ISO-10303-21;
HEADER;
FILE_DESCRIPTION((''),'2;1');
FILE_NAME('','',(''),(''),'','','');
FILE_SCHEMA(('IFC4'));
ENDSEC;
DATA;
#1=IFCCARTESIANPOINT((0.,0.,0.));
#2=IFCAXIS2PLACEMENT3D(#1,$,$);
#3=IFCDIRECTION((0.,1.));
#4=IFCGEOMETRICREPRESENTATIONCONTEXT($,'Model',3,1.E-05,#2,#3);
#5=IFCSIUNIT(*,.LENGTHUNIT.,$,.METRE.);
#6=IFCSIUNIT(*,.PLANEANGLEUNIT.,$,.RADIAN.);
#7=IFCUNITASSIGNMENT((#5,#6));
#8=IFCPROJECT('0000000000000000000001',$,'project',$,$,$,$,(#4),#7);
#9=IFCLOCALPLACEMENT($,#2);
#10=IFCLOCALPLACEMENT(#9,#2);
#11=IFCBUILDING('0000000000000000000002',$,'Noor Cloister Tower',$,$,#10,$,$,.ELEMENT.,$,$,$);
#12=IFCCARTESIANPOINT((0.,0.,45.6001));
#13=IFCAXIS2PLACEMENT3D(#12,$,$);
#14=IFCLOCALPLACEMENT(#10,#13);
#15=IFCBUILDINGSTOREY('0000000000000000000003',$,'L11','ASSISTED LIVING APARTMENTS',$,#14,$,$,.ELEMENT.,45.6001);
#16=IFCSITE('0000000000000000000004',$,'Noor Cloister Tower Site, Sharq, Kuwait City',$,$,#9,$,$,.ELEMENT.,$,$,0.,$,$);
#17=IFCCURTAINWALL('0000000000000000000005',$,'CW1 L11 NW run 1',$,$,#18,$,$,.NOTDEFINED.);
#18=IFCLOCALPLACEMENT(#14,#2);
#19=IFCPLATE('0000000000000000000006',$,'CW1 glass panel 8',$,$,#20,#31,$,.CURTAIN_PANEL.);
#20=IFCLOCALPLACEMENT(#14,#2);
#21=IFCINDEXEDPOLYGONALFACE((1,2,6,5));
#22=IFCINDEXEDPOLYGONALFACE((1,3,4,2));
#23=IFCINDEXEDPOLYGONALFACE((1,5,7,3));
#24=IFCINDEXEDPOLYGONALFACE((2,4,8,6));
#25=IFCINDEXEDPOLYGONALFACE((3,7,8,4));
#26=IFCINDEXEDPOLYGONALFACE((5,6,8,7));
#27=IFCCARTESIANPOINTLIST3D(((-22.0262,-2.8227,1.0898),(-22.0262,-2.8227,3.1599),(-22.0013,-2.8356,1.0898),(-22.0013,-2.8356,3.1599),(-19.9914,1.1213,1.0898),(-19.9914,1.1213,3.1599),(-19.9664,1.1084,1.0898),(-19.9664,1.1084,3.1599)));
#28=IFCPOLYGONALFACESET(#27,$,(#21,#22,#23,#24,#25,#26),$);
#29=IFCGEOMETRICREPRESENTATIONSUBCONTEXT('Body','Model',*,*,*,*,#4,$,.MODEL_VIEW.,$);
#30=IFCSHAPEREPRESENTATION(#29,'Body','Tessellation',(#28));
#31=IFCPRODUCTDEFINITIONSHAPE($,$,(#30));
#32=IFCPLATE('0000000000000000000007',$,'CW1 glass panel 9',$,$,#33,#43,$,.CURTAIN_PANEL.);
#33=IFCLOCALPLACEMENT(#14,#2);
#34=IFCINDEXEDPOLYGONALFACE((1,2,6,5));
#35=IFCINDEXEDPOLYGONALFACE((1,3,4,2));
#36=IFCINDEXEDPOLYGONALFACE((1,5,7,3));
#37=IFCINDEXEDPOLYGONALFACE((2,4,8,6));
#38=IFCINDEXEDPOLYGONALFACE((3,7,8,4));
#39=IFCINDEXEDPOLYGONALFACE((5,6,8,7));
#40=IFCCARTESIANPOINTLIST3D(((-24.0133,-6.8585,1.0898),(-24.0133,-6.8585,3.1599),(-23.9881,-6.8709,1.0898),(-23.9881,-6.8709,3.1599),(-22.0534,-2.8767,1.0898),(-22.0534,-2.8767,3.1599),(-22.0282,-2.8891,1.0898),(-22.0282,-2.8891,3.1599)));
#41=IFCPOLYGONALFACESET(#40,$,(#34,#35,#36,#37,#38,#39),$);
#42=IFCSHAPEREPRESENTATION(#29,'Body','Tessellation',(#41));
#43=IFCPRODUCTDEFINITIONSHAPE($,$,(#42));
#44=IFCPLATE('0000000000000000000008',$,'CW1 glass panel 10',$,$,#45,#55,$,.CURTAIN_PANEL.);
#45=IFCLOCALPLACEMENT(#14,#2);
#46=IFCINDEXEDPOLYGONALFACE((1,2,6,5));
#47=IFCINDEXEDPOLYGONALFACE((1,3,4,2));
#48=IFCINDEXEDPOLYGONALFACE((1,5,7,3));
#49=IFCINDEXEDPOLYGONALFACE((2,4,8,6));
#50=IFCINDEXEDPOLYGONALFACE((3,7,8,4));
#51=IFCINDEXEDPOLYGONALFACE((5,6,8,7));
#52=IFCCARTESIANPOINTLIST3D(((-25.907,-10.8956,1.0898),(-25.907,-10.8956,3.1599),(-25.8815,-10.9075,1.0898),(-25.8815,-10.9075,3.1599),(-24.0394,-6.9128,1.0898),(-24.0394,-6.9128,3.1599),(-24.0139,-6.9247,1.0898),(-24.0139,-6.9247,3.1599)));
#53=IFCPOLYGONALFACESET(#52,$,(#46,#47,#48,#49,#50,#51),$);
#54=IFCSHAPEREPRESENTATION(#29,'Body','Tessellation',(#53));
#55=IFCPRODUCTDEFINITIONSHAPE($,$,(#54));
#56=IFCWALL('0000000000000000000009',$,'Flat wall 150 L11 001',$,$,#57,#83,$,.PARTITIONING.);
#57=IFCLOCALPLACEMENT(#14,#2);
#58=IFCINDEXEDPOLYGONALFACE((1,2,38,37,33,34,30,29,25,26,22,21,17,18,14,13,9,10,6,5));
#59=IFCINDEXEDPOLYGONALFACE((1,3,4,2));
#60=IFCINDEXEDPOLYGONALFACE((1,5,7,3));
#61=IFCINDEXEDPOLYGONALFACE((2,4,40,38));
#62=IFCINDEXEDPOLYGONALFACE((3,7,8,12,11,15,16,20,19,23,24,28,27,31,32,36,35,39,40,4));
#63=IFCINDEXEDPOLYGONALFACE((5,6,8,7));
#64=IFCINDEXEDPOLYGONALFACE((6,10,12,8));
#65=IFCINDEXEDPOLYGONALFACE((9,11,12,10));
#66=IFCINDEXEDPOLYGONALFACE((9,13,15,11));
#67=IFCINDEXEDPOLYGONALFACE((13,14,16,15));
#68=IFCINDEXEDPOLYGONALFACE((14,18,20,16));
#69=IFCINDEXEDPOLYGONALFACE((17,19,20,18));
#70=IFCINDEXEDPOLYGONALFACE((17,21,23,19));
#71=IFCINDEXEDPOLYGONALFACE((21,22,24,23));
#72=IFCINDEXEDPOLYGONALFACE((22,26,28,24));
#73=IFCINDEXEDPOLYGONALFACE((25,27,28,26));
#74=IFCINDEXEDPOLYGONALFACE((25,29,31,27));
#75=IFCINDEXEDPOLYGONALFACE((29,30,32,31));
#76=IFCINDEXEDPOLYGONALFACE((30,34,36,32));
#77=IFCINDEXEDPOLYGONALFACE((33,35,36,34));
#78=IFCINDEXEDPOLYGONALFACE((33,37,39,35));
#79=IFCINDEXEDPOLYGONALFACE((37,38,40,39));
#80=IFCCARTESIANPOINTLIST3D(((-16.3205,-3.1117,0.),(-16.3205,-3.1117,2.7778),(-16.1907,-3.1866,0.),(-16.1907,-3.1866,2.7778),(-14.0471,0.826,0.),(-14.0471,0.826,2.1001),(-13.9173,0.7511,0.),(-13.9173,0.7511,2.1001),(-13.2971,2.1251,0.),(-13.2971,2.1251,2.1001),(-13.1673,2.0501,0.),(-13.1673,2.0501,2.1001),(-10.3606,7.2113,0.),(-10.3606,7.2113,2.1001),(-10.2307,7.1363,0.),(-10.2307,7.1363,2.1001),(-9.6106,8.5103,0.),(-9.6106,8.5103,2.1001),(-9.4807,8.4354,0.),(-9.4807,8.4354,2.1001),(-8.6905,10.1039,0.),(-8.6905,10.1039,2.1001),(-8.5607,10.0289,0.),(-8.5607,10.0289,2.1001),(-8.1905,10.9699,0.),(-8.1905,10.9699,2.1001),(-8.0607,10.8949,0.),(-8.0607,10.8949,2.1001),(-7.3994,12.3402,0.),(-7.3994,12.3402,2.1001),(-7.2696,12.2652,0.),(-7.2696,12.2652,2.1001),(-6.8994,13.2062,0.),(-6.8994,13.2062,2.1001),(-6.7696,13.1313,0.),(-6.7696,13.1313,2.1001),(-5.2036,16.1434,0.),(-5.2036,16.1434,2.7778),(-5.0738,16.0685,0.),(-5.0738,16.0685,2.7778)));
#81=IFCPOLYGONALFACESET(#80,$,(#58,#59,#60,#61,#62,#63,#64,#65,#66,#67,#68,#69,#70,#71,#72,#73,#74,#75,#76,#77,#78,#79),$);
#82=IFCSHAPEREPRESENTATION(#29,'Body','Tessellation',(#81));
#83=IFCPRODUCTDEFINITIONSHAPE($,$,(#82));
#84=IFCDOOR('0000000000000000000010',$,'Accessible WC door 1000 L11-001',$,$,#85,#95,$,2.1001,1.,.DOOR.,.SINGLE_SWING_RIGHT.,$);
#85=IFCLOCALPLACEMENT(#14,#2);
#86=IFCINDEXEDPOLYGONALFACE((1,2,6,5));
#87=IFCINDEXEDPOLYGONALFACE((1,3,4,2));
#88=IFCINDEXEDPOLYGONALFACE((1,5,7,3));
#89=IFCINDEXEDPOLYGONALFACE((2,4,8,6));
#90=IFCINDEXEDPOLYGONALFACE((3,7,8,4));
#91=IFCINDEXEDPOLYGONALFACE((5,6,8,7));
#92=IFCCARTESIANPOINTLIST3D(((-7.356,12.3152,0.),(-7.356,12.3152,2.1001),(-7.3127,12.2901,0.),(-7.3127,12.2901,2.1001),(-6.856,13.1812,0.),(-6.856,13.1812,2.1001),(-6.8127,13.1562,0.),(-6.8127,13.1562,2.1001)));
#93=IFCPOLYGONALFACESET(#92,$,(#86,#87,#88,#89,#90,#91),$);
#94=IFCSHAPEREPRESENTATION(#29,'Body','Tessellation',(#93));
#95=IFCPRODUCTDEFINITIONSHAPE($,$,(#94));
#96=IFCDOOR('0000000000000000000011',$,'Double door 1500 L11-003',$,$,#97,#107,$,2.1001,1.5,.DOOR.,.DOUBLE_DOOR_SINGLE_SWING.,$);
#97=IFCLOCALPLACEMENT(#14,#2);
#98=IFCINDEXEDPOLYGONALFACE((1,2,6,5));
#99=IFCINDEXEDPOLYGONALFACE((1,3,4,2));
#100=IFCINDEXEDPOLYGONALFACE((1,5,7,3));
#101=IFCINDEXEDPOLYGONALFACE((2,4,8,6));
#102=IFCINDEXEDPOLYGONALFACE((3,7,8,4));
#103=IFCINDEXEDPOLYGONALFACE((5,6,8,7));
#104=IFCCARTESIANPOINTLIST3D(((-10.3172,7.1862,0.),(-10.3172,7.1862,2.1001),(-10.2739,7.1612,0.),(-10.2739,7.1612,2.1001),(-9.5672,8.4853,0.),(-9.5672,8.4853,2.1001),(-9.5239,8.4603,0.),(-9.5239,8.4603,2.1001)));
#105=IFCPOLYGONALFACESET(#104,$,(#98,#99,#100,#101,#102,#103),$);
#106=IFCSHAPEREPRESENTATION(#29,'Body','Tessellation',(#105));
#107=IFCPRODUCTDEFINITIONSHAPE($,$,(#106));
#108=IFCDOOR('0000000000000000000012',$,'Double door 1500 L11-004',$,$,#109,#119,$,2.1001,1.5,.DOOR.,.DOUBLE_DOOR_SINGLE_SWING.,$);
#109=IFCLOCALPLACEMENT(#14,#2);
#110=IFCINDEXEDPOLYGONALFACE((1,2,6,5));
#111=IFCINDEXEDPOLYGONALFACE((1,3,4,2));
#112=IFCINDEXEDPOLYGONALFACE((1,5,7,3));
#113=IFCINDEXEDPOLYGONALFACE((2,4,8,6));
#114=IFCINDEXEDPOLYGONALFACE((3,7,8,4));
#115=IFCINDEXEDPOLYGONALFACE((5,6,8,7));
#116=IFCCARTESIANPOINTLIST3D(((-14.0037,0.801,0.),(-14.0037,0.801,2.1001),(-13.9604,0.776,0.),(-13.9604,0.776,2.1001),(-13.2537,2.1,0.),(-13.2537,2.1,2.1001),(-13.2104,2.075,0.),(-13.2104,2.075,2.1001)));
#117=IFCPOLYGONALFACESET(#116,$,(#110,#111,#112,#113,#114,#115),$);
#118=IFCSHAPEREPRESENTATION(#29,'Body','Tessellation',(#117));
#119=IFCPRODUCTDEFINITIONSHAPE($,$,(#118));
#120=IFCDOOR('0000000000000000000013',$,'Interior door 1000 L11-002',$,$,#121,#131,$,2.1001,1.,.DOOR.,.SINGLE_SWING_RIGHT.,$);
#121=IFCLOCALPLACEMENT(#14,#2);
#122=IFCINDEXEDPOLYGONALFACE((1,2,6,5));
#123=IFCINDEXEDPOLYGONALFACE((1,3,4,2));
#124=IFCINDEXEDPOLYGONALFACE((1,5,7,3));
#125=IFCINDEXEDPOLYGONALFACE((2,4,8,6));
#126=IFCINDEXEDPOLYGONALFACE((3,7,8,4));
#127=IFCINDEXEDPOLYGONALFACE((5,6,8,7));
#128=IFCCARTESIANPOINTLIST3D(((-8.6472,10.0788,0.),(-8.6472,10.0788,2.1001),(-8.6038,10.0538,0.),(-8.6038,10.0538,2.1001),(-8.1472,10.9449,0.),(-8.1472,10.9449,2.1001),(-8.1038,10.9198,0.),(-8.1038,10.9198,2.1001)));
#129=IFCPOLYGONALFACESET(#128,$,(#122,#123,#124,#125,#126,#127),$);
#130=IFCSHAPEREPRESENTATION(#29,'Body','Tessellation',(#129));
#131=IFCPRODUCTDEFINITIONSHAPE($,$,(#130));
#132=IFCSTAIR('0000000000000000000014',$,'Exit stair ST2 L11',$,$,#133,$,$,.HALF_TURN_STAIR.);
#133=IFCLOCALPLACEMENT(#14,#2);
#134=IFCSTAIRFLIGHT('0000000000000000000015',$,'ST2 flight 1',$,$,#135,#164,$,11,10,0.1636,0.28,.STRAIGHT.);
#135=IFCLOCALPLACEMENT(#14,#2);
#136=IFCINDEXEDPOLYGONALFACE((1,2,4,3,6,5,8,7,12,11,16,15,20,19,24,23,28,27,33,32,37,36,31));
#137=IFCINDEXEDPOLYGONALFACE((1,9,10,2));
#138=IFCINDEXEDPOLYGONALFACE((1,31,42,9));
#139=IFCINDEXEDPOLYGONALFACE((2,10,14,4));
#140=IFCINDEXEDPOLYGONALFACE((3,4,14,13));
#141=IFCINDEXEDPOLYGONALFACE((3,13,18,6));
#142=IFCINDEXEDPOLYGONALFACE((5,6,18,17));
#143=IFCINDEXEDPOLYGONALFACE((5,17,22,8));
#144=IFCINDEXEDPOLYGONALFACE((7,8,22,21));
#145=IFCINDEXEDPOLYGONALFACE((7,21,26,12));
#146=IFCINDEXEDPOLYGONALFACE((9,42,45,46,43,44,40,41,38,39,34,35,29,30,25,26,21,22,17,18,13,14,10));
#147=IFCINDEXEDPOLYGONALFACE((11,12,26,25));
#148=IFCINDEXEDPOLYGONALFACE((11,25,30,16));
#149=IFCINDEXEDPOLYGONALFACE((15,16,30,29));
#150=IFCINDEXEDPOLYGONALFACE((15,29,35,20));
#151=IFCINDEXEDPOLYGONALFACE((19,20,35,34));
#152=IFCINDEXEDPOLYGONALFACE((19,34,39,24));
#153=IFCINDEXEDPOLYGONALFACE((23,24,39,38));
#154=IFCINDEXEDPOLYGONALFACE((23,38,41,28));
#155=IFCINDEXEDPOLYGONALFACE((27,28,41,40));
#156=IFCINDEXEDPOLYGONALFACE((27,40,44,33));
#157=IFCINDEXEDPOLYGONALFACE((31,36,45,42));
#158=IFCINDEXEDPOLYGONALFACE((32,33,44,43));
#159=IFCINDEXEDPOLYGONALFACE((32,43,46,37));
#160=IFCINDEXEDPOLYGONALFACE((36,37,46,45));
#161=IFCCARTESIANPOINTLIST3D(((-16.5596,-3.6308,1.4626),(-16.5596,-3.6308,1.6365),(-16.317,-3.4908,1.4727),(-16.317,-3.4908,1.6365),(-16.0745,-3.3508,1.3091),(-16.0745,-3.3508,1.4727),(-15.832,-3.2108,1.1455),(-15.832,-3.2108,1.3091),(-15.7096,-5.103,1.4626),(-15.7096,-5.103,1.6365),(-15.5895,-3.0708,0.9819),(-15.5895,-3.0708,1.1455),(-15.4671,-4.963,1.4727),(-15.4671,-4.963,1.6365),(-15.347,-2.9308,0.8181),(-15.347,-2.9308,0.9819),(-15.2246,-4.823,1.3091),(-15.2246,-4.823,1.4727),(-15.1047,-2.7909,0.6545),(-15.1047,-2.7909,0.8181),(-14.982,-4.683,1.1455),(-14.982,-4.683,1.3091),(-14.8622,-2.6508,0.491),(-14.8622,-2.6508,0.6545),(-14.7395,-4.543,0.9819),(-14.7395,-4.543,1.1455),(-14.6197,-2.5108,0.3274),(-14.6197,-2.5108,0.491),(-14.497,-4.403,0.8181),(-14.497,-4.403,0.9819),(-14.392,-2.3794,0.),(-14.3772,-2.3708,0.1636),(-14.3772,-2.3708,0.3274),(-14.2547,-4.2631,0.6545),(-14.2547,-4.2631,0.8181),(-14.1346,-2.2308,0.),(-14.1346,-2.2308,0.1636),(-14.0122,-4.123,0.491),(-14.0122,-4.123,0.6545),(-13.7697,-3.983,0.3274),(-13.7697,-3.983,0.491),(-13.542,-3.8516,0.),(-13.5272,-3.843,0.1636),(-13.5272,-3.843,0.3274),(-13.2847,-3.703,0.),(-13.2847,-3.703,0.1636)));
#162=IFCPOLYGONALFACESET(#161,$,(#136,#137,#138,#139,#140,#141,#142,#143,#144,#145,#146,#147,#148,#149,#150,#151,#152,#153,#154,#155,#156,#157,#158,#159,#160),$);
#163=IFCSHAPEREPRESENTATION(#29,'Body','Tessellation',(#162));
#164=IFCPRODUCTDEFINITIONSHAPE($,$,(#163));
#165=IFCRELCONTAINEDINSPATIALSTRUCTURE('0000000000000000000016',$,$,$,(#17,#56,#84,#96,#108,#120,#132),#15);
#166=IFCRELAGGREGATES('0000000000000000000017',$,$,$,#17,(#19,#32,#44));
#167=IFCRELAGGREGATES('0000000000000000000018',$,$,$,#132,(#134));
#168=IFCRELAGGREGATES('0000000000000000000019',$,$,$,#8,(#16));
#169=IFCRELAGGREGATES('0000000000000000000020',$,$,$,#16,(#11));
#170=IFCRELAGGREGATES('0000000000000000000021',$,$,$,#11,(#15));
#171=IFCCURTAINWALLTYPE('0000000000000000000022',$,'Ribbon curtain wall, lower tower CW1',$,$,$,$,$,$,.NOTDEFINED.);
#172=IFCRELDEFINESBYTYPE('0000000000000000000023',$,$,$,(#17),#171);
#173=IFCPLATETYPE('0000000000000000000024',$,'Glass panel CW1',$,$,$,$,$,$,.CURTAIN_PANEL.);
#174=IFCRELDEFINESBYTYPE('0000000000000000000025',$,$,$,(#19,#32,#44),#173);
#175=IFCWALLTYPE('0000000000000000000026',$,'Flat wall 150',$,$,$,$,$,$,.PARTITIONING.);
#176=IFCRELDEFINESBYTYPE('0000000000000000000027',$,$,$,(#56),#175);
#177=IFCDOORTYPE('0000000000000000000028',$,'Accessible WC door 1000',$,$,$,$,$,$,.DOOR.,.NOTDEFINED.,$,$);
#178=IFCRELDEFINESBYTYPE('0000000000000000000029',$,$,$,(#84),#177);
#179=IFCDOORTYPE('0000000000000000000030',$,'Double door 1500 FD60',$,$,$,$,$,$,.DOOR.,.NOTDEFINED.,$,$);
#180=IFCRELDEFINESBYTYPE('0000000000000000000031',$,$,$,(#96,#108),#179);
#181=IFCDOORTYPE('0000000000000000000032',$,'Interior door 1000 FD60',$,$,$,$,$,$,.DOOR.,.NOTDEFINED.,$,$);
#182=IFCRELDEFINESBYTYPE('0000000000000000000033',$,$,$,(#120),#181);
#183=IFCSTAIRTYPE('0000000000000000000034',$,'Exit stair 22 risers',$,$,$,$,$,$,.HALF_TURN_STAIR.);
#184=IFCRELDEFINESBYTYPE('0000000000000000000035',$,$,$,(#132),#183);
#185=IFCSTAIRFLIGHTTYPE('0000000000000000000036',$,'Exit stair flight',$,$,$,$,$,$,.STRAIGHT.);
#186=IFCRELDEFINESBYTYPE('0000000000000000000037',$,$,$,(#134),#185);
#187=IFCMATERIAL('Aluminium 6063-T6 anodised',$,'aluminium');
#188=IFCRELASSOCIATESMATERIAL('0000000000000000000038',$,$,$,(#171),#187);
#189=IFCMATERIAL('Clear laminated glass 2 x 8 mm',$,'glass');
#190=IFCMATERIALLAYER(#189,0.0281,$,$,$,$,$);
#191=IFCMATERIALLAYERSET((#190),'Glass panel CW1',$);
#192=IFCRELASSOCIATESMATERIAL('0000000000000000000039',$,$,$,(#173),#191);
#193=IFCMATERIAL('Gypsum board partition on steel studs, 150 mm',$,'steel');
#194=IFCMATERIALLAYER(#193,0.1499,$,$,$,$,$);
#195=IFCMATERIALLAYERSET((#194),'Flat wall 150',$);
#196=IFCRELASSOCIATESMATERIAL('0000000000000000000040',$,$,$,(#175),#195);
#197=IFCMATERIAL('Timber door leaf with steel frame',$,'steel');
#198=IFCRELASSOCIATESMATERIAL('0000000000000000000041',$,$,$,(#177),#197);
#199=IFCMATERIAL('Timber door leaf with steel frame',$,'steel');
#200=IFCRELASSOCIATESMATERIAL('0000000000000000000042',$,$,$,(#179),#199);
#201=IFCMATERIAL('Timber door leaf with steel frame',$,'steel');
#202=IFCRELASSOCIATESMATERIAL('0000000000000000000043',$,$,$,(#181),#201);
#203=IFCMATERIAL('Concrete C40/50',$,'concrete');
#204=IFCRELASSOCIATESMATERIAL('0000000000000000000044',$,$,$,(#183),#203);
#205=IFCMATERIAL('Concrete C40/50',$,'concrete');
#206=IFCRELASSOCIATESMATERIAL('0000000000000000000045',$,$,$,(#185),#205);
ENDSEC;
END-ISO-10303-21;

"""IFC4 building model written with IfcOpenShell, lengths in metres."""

from ifc_helpers import new_model, si_unit, direction, frame, frame_2d, origin, origin_2d, place, context, subcontext, project, spatial, polyline, rectangle, outline, extrude, material, layer, layer_set, type_object, element, fill, aggregate, save


model = new_model("IFC4")

# Units and contexts
model_context = context("Model", 3, precision=1e-05, world=origin(), true_north=direction((0.0, 1.0)))
body_context = subcontext(model_context, "Body", "Model", "MODEL_VIEW")
ifc_project = project(units=[si_unit("LENGTHUNIT", "METRE"), si_unit("PLANEANGLEUNIT", "RADIAN")], contexts=[model_context])

# Site, building, storey
site_placement = place(None, origin())
site = spatial("IfcSite", under=ifc_project, at=site_placement, Name="Noor Cloister Tower Site, Sharq, Kuwait City", CompositionType="ELEMENT", RefElevation=0.0)
building_placement = place(site_placement, origin())
building = spatial("IfcBuilding", under=site, at=building_placement, Name="Noor Cloister Tower", CompositionType="ELEMENT")
storey_placement = place(building_placement, frame((0.0, 0.0, 45.6001)))
storey = spatial("IfcBuildingStorey", under=building, at=storey_placement, Name="L11", Description="ASSISTED LIVING APARTMENTS", CompositionType="ELEMENT", Elevation=45.6001)

# Curtain wall
ifc_material_1 = material(Name="Aluminium 6063-T6 anodised", Category="aluminium")
curtain_wall_type = type_object("IfcCurtainWallType", Name="Ribbon curtain wall, lower tower CW1", PredefinedType="NOTDEFINED", material=ifc_material_1)
curtain_wall_placement = place(storey_placement, origin())
curtain_wall = element("IfcCurtainWall", 1, at=curtain_wall_placement, inside=storey, type_object=curtain_wall_type, Name="CW1 L11 NW run 1", PredefinedType="NOTDEFINED")

# Plates
ifc_material_2 = material(Name="Clear laminated glass 2 x 8 mm", Category="glass")
ifc_layer_1 = layer(ifc_material_2, 0.0281)
ifc_layer_set_1 = layer_set([ifc_layer_1], Name="Glass panel CW1")
plate_type = type_object("IfcPlateType", Name="Glass panel CW1", PredefinedType="CURTAIN_PANEL", material=ifc_layer_set_1)
plate_1_placement = place(storey_placement, frame((-20.9963, -0.8572, 1.0898), z_axis=(0.0, 0.0, 1.0), x_axis=(-0.458502, -0.888693, 0.0)))
plate_1 = element("IfcPlate", 2, at=plate_1_placement, type_object=plate_type, Name="CW1 glass panel 8", PredefinedType="CURTAIN_PANEL", context=body_context, shape_type="SweptSolid", body=[
    extrude(rectangle(XDim=4.438, YDim=0.0281, at=origin_2d()), origin(), (0.0, 0.0, 1.0), 2.0701),
])
plate_2_placement = place(storey_placement, frame((-23.0208, -4.8738, 1.0898), z_axis=(0.0, 0.0, 1.0), x_axis=(-0.441611, -0.897207, 0.0)))
plate_2 = element("IfcPlate", 3, at=plate_2_placement, type_object=plate_type, Name="CW1 glass panel 9", PredefinedType="CURTAIN_PANEL", context=body_context, shape_type="SweptSolid", body=[
    extrude(rectangle(XDim=4.438, YDim=0.0281, at=origin_2d()), origin(), (0.0, 0.0, 1.0), 2.0701),
])
plate_3_placement = place(storey_placement, frame((-24.9604, -8.9102, 1.0898), z_axis=(0.0, 0.0, 1.0), x_axis=(-0.424561, -0.905399, 0.0)))
plate_3 = element("IfcPlate", 4, at=plate_3_placement, type_object=plate_type, Name="CW1 glass panel 10", PredefinedType="CURTAIN_PANEL", context=body_context, shape_type="SweptSolid", body=[
    extrude(rectangle(XDim=4.3989, YDim=0.0281, at=origin_2d()), origin(), (0.0, 0.0, 1.0), 2.0701),
])
aggregate(curtain_wall, [plate_1, plate_2, plate_3])

# Wall, openings, doors
ifc_material_3 = material(Name="Gypsum board partition on steel studs, 150 mm", Category="steel")
ifc_layer_2 = layer(ifc_material_3, 0.1499)
ifc_layer_set_2 = layer_set([ifc_layer_2], Name="Flat wall 150")
wall_type = type_object("IfcWallType", Name="Flat wall 150", PredefinedType="PARTITIONING", material=ifc_layer_set_2)
wall_placement = place(storey_placement, frame((-16.2556, -3.1492, 0.0), z_axis=(0.0, 0.0, 1.0), x_axis=(0.5, 0.866026, 0.0)))
wall = element("IfcWall", 5, at=wall_placement, inside=storey, type_object=wall_type, Name="Flat wall 150 L11 001", PredefinedType="PARTITIONING", context=body_context, shape_type="SweptSolid", body=[
    extrude(rectangle(XDim=22.2339, YDim=0.1499, at=frame_2d((11.1169, 0.0))), origin(), (0.0, 0.0, 1.0), 2.7778),
])
opening_1_placement = place(wall_placement, frame((17.8423, 0.0, 0.0)))
opening_1 = element("IfcOpeningElement", 6, at=opening_1_placement, cuts=wall, PredefinedType="OPENING", context=body_context, shape_type="SweptSolid", body=[
    extrude(rectangle(XDim=1.0, YDim=2.1001, at=frame_2d((0.5, 1.05))), frame((0.0, 0.085, 0.0), z_axis=(0.0, -1.0, 0.0), x_axis=(1.0, 0.0, 0.0)), (0.0, 0.0, 1.0), 0.1699),
])
opening_2_placement = place(wall_placement, frame((15.26, 0.0, 0.0)))
opening_2 = element("IfcOpeningElement", 7, at=opening_2_placement, cuts=wall, PredefinedType="OPENING", context=body_context, shape_type="SweptSolid", body=[
    extrude(rectangle(XDim=1.0, YDim=2.1001, at=frame_2d((0.5, 1.05))), frame((0.0, 0.085, 0.0), z_axis=(0.0, -1.0, 0.0), x_axis=(1.0, 0.0, 0.0)), (0.0, 0.0, 1.0), 0.1699),
])
opening_3_placement = place(wall_placement, frame((11.9199, 0.0, 0.0)))
opening_3 = element("IfcOpeningElement", 8, at=opening_3_placement, cuts=wall, PredefinedType="OPENING", context=body_context, shape_type="SweptSolid", body=[
    extrude(rectangle(XDim=1.5, YDim=2.1001, at=frame_2d((0.75, 1.05))), frame((0.0, 0.085, 0.0), z_axis=(0.0, -1.0, 0.0), x_axis=(1.0, 0.0, 0.0)), (0.0, 0.0, 1.0), 0.1699),
])
opening_4_placement = place(wall_placement, frame((4.5469, 0.0, 0.0)))
opening_4 = element("IfcOpeningElement", 9, at=opening_4_placement, cuts=wall, PredefinedType="OPENING", context=body_context, shape_type="SweptSolid", body=[
    extrude(rectangle(XDim=1.5, YDim=2.1001, at=frame_2d((0.75, 1.05))), frame((0.0, 0.085, 0.0), z_axis=(0.0, -1.0, 0.0), x_axis=(1.0, 0.0, 0.0)), (0.0, 0.0, 1.0), 0.1699),
])
ifc_material_4 = material(Name="Timber door leaf with steel frame", Category="steel")
door_type_1 = type_object("IfcDoorType", Name="Accessible WC door 1000", OperationType="NOTDEFINED", PredefinedType="DOOR", material=ifc_material_4)
door_1_placement = place(opening_1_placement, origin())
door_1 = element("IfcDoor", 10, at=door_1_placement, inside=storey, type_object=door_type_1, Name="Accessible WC door 1000 L11-001", OperationType="SINGLE_SWING_RIGHT", OverallHeight=2.1001, OverallWidth=1.0, PredefinedType="DOOR", context=body_context, shape_type="SweptSolid", body=[
    extrude(rectangle(XDim=1.0, YDim=2.1001, at=frame_2d((0.5, 1.05))), frame((0.0, 0.0249, 0.0), z_axis=(0.0, -1.0, 0.0), x_axis=(1.0, 0.0, 0.0)), (0.0, 0.0, 1.0), 0.05),
])
fill(opening_1, door_1)
ifc_material_5 = material(Name="Timber door leaf with steel frame", Category="steel")
door_type_2 = type_object("IfcDoorType", Name="Double door 1500 FD60", OperationType="NOTDEFINED", PredefinedType="DOOR", material=ifc_material_5)
door_2_placement = place(opening_3_placement, origin())
door_2 = element("IfcDoor", 11, at=door_2_placement, inside=storey, type_object=door_type_2, Name="Double door 1500 L11-003", OperationType="DOUBLE_DOOR_SINGLE_SWING", OverallHeight=2.1001, OverallWidth=1.5, PredefinedType="DOOR", context=body_context, shape_type="SweptSolid", body=[
    extrude(rectangle(XDim=1.5, YDim=2.1001, at=frame_2d((0.75, 1.05))), frame((0.0, 0.0249, 0.0), z_axis=(0.0, -1.0, 0.0), x_axis=(1.0, 0.0, 0.0)), (0.0, 0.0, 1.0), 0.05),
])
fill(opening_3, door_2)
door_3_placement = place(opening_4_placement, origin())
door_3 = element("IfcDoor", 12, at=door_3_placement, inside=storey, type_object=door_type_2, Name="Double door 1500 L11-004", OperationType="DOUBLE_DOOR_SINGLE_SWING", OverallHeight=2.1001, OverallWidth=1.5, PredefinedType="DOOR", context=body_context, shape_type="SweptSolid", body=[
    extrude(rectangle(XDim=1.5, YDim=2.1001, at=frame_2d((0.75, 1.05))), frame((0.0, 0.0249, 0.0), z_axis=(0.0, -1.0, 0.0), x_axis=(1.0, 0.0, 0.0)), (0.0, 0.0, 1.0), 0.05),
])
fill(opening_4, door_3)
ifc_material_6 = material(Name="Timber door leaf with steel frame", Category="steel")
door_type_3 = type_object("IfcDoorType", Name="Interior door 1000 FD60", OperationType="NOTDEFINED", PredefinedType="DOOR", material=ifc_material_6)
door_4_placement = place(opening_2_placement, origin())
door_4 = element("IfcDoor", 13, at=door_4_placement, inside=storey, type_object=door_type_3, Name="Interior door 1000 L11-002", OperationType="SINGLE_SWING_RIGHT", OverallHeight=2.1001, OverallWidth=1.0, PredefinedType="DOOR", context=body_context, shape_type="SweptSolid", body=[
    extrude(rectangle(XDim=1.0, YDim=2.1001, at=frame_2d((0.5, 1.05))), frame((0.0, 0.0249, 0.0), z_axis=(0.0, -1.0, 0.0), x_axis=(1.0, 0.0, 0.0)), (0.0, 0.0, 1.0), 0.05),
])
fill(opening_2, door_4)

# Stair, stair flight
ifc_material_7 = material(Name="Concrete C40/50", Category="concrete")
stair_type = type_object("IfcStairType", Name="Exit stair 22 risers", PredefinedType="HALF_TURN_STAIR", material=ifc_material_7)
stair_placement = place(storey_placement, origin())
stair = element("IfcStair", 14, at=stair_placement, inside=storey, type_object=stair_type, Name="Exit stair ST2 L11", PredefinedType="HALF_TURN_STAIR")
ifc_material_8 = material(Name="Concrete C40/50", Category="concrete")
stair_flight_type = type_object("IfcStairFlightType", Name="Exit stair flight", PredefinedType="STRAIGHT", material=ifc_material_8)
stair_flight_1_placement = place(storey_placement, frame((-13.7097, -2.9668, 0.0), z_axis=(0.0, 0.0, 1.0), x_axis=(-0.866025, -0.5, 0.0)))
stair_flight_1 = element("IfcStairFlight", 15, at=stair_flight_1_placement, type_object=stair_flight_type, Name="ST2 flight 1", NumberOfRisers=11, NumberOfTreads=10, PredefinedType="STRAIGHT", RiserHeight=0.1636, TreadLength=0.28, context=body_context, shape_type="SweptSolid", body=[
    extrude(outline(polyline([(0.0, 0.0), (0.0, 0.1636), (0.28, 0.1636), (0.28, 0.3274), (0.5601, 0.3274), (0.5601, 0.491), (0.8401, 0.491), (0.8401, 0.6545), (1.1201, 0.6545), (1.1201, 0.8181), (1.3999, 0.8181), (1.3999, 0.9819), (1.6799, 0.9819), (1.6799, 1.1455), (1.96, 1.1455), (1.96, 1.3091), (2.24, 1.3091), (2.24, 1.4727), (2.52, 1.4727), (2.52, 1.6365), (2.8, 1.6365), (2.8, 1.8), (2.8, 1.4626), (0.2971, 0.0), (0.0, 0.0)])), frame((0.0, 0.8501, 0.0), z_axis=(0.0, -1.0, 0.0), x_axis=(1.0, 0.0, 0.0)), (0.0, 0.0, 1.0), 1.7),
])
aggregate(stair, [stair_flight_1])

save(model, "model.ifc")
